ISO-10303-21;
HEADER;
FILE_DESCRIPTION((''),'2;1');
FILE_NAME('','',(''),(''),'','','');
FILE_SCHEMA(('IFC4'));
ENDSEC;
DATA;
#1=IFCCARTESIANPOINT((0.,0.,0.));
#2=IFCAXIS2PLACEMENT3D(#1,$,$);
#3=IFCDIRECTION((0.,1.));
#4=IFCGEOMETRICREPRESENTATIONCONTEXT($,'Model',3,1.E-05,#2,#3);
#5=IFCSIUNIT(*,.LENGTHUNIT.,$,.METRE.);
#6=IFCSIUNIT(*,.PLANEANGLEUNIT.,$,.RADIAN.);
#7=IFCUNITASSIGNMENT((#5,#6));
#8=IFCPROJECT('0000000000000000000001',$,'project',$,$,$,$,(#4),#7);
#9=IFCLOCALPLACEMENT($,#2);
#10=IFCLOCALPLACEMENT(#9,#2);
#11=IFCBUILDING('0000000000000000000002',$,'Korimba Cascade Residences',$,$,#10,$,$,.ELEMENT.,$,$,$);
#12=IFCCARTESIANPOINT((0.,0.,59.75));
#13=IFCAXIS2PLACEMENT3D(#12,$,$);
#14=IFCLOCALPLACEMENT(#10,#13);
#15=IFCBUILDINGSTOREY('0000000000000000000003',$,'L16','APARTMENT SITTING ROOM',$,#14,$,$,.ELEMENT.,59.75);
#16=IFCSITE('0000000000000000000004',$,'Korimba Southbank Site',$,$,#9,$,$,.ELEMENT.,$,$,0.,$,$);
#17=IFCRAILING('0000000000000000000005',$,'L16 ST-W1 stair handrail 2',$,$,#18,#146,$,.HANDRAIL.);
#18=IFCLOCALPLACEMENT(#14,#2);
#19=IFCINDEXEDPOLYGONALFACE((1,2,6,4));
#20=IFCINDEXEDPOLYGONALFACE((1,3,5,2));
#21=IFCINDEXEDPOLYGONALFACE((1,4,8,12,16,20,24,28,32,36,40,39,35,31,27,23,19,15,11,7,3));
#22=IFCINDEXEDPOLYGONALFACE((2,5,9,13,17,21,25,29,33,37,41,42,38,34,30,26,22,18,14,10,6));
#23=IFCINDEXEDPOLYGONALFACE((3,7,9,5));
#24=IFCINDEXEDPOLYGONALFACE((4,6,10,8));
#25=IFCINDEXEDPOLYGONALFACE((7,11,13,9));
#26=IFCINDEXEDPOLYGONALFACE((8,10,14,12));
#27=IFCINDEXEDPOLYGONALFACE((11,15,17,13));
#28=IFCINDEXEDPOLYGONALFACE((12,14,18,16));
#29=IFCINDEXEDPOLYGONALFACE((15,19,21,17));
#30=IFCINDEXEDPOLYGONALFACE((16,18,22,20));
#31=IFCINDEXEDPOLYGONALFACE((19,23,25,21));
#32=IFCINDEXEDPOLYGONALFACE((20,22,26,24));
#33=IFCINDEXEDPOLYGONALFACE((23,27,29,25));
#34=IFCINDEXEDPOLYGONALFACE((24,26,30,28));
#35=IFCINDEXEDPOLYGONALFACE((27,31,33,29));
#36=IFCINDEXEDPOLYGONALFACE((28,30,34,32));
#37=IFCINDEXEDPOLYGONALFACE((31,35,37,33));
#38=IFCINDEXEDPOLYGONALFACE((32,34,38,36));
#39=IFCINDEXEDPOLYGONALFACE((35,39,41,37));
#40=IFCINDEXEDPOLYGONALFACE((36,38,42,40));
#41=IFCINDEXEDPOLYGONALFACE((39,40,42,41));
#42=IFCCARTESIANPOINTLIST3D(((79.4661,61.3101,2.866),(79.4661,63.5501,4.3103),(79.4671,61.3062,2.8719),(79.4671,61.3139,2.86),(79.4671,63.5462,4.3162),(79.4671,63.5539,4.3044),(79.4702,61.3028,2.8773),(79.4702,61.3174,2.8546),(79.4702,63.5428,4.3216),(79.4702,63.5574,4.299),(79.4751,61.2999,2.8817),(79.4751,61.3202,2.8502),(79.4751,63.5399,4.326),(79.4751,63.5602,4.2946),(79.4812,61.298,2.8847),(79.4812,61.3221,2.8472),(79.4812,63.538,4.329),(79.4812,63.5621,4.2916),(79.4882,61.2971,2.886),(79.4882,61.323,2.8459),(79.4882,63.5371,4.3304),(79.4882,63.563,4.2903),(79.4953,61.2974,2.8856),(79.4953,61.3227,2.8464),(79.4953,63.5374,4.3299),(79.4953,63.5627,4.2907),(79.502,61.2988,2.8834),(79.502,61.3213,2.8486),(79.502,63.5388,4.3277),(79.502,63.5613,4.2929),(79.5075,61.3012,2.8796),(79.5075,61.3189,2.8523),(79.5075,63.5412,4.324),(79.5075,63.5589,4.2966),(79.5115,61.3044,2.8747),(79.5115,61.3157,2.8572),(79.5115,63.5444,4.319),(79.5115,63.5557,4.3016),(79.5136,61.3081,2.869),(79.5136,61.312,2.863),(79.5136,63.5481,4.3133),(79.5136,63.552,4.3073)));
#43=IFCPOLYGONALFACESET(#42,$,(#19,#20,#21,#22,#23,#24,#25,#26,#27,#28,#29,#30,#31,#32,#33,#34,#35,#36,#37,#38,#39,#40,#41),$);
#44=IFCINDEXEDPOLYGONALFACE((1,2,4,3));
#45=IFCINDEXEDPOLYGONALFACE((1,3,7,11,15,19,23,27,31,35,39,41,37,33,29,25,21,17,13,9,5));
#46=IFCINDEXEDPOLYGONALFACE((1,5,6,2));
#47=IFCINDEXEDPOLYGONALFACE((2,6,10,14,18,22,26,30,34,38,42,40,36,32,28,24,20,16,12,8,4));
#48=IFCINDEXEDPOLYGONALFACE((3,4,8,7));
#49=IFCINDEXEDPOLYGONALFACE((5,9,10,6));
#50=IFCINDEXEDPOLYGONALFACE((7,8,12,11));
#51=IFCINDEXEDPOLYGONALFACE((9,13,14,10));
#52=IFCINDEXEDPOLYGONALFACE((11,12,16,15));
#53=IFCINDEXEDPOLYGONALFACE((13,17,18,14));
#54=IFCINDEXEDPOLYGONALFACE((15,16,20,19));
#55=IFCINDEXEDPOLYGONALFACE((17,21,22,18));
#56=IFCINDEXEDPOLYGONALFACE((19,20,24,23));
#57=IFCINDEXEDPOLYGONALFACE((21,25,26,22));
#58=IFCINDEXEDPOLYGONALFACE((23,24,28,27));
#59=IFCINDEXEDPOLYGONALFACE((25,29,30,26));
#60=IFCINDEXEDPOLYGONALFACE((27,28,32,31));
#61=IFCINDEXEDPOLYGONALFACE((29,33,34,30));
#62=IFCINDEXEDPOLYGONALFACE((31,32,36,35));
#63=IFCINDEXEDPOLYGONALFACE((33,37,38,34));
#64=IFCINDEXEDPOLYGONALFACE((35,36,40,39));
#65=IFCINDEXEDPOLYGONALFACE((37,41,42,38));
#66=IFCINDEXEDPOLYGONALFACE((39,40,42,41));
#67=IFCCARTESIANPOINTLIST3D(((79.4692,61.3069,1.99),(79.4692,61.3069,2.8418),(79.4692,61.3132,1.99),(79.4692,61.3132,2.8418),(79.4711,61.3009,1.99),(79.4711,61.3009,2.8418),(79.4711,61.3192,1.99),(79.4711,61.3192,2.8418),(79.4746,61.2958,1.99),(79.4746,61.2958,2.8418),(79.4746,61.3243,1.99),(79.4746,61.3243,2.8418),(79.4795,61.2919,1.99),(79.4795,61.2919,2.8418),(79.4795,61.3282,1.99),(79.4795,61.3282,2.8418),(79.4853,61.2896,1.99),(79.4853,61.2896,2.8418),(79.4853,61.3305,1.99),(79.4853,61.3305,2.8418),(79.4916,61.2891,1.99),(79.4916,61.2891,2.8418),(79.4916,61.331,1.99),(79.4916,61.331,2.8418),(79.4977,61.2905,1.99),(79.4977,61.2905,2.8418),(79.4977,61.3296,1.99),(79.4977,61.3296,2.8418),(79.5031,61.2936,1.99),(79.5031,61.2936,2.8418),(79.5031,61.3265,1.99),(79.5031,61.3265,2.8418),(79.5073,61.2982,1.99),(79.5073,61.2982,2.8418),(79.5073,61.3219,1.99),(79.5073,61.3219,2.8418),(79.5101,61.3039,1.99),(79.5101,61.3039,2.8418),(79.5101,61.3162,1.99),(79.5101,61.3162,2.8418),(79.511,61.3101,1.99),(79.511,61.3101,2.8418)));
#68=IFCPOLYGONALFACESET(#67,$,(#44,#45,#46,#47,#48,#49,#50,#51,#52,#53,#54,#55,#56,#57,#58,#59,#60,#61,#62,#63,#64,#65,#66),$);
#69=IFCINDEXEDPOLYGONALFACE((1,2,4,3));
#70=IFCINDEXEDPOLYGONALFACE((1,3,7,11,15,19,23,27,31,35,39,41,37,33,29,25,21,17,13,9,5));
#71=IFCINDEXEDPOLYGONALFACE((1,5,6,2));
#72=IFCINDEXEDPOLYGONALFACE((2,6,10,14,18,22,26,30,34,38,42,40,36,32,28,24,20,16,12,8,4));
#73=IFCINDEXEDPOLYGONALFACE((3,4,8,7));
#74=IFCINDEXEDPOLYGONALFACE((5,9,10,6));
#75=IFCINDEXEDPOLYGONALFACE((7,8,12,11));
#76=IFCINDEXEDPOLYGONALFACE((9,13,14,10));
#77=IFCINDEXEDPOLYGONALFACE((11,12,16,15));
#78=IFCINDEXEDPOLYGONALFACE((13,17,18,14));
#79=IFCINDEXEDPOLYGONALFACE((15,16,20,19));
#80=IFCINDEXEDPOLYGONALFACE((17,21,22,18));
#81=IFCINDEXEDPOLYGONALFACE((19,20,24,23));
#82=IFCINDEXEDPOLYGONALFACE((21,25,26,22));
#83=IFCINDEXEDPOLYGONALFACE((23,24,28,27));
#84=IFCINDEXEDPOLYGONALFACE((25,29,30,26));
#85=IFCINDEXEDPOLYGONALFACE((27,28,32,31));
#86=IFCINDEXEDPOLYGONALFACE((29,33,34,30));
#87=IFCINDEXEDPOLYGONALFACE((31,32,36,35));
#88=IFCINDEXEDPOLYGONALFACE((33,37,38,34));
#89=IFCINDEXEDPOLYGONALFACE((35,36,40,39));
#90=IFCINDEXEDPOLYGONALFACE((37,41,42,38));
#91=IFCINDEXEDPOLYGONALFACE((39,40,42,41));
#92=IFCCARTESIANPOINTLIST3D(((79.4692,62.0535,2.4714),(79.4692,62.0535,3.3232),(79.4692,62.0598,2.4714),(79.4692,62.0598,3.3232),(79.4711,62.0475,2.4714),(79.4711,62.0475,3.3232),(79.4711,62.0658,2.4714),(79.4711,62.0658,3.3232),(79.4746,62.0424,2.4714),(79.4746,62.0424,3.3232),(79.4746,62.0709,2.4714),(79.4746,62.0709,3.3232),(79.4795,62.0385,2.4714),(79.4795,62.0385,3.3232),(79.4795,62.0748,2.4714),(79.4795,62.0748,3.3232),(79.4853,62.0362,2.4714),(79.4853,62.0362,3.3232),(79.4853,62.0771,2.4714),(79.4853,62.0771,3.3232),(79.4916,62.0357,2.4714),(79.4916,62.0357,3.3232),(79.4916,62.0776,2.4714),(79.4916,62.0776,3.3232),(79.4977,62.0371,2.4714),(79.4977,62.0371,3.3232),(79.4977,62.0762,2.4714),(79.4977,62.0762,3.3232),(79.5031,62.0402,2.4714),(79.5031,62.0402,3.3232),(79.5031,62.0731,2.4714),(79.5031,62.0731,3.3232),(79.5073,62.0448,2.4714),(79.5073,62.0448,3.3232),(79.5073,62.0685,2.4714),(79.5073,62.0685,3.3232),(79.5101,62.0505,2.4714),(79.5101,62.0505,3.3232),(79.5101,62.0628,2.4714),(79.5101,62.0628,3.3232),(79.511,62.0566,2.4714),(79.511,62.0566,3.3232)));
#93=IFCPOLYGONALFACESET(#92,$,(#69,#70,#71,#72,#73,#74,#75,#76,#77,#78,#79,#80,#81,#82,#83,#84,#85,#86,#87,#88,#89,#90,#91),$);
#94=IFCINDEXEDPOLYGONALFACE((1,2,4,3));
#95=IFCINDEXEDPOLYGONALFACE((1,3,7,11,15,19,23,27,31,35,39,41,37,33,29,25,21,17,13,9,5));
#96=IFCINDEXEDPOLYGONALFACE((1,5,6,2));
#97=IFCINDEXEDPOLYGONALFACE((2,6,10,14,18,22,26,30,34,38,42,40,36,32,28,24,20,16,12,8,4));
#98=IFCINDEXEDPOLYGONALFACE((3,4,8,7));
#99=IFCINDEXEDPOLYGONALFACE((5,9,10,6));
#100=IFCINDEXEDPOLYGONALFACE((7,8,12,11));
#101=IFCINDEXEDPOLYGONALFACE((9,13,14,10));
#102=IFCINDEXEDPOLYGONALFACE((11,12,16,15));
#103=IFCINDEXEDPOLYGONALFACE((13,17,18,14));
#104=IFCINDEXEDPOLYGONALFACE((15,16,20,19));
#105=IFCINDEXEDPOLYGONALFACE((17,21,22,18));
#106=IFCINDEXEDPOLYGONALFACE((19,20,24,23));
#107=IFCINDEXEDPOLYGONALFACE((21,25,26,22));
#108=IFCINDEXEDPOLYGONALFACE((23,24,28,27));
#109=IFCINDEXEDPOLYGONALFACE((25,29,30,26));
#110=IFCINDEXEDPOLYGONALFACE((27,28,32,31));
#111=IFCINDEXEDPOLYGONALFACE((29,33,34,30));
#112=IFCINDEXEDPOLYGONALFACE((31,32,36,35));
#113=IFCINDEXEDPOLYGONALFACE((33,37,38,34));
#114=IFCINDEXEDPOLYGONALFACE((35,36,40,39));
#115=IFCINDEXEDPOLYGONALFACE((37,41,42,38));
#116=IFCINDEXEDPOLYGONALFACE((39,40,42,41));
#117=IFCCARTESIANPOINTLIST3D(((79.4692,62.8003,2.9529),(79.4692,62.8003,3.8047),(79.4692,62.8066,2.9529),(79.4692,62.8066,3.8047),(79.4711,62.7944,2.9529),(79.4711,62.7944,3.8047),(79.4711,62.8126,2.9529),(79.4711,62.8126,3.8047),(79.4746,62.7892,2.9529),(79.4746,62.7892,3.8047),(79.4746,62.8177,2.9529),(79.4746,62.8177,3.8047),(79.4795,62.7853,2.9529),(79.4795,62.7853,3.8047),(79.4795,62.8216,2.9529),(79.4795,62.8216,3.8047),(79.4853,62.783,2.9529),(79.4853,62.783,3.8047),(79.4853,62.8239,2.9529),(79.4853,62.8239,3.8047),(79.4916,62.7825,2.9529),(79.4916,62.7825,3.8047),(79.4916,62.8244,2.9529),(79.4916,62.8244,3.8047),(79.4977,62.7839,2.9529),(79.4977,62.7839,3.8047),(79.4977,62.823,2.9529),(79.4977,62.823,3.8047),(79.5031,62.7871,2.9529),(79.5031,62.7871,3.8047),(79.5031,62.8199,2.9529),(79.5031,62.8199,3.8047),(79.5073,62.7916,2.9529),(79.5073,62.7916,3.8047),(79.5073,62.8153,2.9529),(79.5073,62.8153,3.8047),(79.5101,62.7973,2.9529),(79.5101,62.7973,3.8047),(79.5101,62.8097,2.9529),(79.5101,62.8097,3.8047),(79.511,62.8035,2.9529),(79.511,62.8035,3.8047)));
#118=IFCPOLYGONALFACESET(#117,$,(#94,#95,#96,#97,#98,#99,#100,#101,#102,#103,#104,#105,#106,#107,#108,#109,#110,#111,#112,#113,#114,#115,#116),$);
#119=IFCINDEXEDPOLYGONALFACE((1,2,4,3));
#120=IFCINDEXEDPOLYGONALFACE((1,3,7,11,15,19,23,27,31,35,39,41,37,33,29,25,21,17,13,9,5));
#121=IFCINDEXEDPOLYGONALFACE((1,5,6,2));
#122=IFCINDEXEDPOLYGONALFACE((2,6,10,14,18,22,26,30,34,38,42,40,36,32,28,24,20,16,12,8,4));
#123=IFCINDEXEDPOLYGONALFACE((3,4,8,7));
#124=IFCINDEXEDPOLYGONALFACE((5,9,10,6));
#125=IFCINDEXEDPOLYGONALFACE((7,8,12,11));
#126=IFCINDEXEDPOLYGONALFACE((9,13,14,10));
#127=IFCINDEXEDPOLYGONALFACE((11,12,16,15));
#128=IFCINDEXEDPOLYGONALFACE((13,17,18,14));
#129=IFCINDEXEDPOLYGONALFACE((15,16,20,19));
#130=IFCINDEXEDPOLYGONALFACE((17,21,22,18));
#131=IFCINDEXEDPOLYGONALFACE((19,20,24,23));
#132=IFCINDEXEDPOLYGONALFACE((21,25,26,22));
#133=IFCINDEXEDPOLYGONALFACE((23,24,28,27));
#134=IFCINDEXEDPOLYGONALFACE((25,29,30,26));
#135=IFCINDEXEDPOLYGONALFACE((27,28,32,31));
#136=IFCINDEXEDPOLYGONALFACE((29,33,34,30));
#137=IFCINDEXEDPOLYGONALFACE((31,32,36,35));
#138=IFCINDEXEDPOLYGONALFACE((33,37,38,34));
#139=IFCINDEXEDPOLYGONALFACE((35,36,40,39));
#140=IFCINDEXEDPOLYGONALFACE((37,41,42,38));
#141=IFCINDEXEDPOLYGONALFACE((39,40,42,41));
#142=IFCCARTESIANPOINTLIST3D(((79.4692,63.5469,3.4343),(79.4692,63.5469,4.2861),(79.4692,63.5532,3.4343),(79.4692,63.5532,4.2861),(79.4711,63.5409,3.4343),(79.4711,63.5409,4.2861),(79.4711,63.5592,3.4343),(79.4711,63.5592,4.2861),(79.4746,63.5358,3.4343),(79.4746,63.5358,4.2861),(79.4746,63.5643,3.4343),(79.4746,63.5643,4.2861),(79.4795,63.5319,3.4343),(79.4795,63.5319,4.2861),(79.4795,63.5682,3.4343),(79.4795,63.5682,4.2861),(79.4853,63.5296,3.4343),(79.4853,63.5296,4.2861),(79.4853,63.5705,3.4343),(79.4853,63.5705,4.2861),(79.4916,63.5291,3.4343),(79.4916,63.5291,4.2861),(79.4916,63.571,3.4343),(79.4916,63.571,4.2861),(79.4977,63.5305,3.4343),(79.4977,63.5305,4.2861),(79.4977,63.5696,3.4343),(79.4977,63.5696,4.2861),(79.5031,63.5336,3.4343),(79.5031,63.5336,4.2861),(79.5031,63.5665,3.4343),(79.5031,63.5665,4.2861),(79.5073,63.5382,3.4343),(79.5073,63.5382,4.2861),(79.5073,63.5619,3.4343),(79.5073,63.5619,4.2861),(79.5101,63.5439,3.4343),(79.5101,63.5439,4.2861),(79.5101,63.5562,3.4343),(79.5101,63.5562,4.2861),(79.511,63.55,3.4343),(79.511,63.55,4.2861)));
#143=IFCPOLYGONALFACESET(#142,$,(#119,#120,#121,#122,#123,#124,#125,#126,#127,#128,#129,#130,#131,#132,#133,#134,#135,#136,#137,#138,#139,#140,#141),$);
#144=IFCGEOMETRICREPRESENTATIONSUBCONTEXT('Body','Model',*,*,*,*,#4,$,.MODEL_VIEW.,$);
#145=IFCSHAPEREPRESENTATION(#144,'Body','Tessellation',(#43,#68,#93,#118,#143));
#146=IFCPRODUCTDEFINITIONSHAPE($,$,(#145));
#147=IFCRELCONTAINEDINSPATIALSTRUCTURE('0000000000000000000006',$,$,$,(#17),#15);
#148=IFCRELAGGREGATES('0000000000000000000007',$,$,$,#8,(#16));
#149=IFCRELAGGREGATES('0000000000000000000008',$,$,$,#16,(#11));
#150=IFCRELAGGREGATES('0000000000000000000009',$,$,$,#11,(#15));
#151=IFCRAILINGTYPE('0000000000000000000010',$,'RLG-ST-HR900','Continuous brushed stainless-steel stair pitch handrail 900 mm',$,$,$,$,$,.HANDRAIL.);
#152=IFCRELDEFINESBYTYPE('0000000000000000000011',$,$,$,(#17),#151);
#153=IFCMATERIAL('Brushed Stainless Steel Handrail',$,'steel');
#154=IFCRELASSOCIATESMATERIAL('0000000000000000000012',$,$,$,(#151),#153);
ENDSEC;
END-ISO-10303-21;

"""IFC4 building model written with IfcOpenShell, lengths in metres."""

from ifc_helpers import new_model, si_unit, direction, frame, origin, origin_2d, place, context, subcontext, project, spatial, circle, extrude, material, type_object, element, save


model = new_model("IFC4")

# Units and contexts
model_context = context("Model", 3, precision=1e-05, world=origin(), true_north=direction((0.0, 1.0)))
body_context = subcontext(model_context, "Body", "Model", "MODEL_VIEW")
ifc_project = project(units=[si_unit("LENGTHUNIT", "METRE"), si_unit("PLANEANGLEUNIT", "RADIAN")], contexts=[model_context])

# Site, building, storey
site_placement = place(None, origin())
site = spatial("IfcSite", under=ifc_project, at=site_placement, Name="Korimba Southbank Site", CompositionType="ELEMENT", RefElevation=0.0)
building_placement = place(site_placement, origin())
building = spatial("IfcBuilding", under=site, at=building_placement, Name="Korimba Cascade Residences", CompositionType="ELEMENT")
storey_placement = place(building_placement, frame((0.0, 0.0, 59.75)))
storey = spatial("IfcBuildingStorey", under=building, at=storey_placement, Name="L16", Description="APARTMENT SITTING ROOM", CompositionType="ELEMENT", Elevation=59.75)

# Railing
ifc_material_1 = material(Name="Brushed Stainless Steel Handrail", Category="steel")
railing_type_1 = type_object("IfcRailingType", Name="RLG-ST-HR900", Description="Continuous brushed stainless-steel stair pitch handrail 900 mm", PredefinedType="HANDRAIL", material=ifc_material_1)
railing_1_placement = place(storey_placement, frame((79.49, 61.3101, 1.99)))
element("IfcRailing", 1, at=railing_1_placement, inside=storey, type_object=railing_type_1, Name="L16 ST-W1 stair handrail 2", PredefinedType="HANDRAIL", context=body_context, shape_type="SweptSolid", body=[
    extrude(circle(Radius=0.0239, at=origin_2d()), frame((0.0, 0.0, 0.876), z_axis=(0.0, 0.840437, 0.54191), x_axis=(-1.0, 0.0, 0.0)), (0.0, 0.0, 1.0), 2.6653),
    extrude(circle(Radius=0.021, at=origin_2d()), origin(), (0.0, 0.0, 1.0), 0.8518),
    extrude(circle(Radius=0.021, at=origin_2d()), frame((0.0, 0.7466, 0.4814)), (0.0, 0.0, 1.0), 0.8518),
    extrude(circle(Radius=0.021, at=origin_2d()), frame((0.0, 1.4934, 0.9629)), (0.0, 0.0, 1.0), 0.8518),
    extrude(circle(Radius=0.021, at=origin_2d()), frame((0.0, 2.24, 1.4443)), (0.0, 0.0, 1.0), 0.8518),
])

save(model, "model.ifc")
